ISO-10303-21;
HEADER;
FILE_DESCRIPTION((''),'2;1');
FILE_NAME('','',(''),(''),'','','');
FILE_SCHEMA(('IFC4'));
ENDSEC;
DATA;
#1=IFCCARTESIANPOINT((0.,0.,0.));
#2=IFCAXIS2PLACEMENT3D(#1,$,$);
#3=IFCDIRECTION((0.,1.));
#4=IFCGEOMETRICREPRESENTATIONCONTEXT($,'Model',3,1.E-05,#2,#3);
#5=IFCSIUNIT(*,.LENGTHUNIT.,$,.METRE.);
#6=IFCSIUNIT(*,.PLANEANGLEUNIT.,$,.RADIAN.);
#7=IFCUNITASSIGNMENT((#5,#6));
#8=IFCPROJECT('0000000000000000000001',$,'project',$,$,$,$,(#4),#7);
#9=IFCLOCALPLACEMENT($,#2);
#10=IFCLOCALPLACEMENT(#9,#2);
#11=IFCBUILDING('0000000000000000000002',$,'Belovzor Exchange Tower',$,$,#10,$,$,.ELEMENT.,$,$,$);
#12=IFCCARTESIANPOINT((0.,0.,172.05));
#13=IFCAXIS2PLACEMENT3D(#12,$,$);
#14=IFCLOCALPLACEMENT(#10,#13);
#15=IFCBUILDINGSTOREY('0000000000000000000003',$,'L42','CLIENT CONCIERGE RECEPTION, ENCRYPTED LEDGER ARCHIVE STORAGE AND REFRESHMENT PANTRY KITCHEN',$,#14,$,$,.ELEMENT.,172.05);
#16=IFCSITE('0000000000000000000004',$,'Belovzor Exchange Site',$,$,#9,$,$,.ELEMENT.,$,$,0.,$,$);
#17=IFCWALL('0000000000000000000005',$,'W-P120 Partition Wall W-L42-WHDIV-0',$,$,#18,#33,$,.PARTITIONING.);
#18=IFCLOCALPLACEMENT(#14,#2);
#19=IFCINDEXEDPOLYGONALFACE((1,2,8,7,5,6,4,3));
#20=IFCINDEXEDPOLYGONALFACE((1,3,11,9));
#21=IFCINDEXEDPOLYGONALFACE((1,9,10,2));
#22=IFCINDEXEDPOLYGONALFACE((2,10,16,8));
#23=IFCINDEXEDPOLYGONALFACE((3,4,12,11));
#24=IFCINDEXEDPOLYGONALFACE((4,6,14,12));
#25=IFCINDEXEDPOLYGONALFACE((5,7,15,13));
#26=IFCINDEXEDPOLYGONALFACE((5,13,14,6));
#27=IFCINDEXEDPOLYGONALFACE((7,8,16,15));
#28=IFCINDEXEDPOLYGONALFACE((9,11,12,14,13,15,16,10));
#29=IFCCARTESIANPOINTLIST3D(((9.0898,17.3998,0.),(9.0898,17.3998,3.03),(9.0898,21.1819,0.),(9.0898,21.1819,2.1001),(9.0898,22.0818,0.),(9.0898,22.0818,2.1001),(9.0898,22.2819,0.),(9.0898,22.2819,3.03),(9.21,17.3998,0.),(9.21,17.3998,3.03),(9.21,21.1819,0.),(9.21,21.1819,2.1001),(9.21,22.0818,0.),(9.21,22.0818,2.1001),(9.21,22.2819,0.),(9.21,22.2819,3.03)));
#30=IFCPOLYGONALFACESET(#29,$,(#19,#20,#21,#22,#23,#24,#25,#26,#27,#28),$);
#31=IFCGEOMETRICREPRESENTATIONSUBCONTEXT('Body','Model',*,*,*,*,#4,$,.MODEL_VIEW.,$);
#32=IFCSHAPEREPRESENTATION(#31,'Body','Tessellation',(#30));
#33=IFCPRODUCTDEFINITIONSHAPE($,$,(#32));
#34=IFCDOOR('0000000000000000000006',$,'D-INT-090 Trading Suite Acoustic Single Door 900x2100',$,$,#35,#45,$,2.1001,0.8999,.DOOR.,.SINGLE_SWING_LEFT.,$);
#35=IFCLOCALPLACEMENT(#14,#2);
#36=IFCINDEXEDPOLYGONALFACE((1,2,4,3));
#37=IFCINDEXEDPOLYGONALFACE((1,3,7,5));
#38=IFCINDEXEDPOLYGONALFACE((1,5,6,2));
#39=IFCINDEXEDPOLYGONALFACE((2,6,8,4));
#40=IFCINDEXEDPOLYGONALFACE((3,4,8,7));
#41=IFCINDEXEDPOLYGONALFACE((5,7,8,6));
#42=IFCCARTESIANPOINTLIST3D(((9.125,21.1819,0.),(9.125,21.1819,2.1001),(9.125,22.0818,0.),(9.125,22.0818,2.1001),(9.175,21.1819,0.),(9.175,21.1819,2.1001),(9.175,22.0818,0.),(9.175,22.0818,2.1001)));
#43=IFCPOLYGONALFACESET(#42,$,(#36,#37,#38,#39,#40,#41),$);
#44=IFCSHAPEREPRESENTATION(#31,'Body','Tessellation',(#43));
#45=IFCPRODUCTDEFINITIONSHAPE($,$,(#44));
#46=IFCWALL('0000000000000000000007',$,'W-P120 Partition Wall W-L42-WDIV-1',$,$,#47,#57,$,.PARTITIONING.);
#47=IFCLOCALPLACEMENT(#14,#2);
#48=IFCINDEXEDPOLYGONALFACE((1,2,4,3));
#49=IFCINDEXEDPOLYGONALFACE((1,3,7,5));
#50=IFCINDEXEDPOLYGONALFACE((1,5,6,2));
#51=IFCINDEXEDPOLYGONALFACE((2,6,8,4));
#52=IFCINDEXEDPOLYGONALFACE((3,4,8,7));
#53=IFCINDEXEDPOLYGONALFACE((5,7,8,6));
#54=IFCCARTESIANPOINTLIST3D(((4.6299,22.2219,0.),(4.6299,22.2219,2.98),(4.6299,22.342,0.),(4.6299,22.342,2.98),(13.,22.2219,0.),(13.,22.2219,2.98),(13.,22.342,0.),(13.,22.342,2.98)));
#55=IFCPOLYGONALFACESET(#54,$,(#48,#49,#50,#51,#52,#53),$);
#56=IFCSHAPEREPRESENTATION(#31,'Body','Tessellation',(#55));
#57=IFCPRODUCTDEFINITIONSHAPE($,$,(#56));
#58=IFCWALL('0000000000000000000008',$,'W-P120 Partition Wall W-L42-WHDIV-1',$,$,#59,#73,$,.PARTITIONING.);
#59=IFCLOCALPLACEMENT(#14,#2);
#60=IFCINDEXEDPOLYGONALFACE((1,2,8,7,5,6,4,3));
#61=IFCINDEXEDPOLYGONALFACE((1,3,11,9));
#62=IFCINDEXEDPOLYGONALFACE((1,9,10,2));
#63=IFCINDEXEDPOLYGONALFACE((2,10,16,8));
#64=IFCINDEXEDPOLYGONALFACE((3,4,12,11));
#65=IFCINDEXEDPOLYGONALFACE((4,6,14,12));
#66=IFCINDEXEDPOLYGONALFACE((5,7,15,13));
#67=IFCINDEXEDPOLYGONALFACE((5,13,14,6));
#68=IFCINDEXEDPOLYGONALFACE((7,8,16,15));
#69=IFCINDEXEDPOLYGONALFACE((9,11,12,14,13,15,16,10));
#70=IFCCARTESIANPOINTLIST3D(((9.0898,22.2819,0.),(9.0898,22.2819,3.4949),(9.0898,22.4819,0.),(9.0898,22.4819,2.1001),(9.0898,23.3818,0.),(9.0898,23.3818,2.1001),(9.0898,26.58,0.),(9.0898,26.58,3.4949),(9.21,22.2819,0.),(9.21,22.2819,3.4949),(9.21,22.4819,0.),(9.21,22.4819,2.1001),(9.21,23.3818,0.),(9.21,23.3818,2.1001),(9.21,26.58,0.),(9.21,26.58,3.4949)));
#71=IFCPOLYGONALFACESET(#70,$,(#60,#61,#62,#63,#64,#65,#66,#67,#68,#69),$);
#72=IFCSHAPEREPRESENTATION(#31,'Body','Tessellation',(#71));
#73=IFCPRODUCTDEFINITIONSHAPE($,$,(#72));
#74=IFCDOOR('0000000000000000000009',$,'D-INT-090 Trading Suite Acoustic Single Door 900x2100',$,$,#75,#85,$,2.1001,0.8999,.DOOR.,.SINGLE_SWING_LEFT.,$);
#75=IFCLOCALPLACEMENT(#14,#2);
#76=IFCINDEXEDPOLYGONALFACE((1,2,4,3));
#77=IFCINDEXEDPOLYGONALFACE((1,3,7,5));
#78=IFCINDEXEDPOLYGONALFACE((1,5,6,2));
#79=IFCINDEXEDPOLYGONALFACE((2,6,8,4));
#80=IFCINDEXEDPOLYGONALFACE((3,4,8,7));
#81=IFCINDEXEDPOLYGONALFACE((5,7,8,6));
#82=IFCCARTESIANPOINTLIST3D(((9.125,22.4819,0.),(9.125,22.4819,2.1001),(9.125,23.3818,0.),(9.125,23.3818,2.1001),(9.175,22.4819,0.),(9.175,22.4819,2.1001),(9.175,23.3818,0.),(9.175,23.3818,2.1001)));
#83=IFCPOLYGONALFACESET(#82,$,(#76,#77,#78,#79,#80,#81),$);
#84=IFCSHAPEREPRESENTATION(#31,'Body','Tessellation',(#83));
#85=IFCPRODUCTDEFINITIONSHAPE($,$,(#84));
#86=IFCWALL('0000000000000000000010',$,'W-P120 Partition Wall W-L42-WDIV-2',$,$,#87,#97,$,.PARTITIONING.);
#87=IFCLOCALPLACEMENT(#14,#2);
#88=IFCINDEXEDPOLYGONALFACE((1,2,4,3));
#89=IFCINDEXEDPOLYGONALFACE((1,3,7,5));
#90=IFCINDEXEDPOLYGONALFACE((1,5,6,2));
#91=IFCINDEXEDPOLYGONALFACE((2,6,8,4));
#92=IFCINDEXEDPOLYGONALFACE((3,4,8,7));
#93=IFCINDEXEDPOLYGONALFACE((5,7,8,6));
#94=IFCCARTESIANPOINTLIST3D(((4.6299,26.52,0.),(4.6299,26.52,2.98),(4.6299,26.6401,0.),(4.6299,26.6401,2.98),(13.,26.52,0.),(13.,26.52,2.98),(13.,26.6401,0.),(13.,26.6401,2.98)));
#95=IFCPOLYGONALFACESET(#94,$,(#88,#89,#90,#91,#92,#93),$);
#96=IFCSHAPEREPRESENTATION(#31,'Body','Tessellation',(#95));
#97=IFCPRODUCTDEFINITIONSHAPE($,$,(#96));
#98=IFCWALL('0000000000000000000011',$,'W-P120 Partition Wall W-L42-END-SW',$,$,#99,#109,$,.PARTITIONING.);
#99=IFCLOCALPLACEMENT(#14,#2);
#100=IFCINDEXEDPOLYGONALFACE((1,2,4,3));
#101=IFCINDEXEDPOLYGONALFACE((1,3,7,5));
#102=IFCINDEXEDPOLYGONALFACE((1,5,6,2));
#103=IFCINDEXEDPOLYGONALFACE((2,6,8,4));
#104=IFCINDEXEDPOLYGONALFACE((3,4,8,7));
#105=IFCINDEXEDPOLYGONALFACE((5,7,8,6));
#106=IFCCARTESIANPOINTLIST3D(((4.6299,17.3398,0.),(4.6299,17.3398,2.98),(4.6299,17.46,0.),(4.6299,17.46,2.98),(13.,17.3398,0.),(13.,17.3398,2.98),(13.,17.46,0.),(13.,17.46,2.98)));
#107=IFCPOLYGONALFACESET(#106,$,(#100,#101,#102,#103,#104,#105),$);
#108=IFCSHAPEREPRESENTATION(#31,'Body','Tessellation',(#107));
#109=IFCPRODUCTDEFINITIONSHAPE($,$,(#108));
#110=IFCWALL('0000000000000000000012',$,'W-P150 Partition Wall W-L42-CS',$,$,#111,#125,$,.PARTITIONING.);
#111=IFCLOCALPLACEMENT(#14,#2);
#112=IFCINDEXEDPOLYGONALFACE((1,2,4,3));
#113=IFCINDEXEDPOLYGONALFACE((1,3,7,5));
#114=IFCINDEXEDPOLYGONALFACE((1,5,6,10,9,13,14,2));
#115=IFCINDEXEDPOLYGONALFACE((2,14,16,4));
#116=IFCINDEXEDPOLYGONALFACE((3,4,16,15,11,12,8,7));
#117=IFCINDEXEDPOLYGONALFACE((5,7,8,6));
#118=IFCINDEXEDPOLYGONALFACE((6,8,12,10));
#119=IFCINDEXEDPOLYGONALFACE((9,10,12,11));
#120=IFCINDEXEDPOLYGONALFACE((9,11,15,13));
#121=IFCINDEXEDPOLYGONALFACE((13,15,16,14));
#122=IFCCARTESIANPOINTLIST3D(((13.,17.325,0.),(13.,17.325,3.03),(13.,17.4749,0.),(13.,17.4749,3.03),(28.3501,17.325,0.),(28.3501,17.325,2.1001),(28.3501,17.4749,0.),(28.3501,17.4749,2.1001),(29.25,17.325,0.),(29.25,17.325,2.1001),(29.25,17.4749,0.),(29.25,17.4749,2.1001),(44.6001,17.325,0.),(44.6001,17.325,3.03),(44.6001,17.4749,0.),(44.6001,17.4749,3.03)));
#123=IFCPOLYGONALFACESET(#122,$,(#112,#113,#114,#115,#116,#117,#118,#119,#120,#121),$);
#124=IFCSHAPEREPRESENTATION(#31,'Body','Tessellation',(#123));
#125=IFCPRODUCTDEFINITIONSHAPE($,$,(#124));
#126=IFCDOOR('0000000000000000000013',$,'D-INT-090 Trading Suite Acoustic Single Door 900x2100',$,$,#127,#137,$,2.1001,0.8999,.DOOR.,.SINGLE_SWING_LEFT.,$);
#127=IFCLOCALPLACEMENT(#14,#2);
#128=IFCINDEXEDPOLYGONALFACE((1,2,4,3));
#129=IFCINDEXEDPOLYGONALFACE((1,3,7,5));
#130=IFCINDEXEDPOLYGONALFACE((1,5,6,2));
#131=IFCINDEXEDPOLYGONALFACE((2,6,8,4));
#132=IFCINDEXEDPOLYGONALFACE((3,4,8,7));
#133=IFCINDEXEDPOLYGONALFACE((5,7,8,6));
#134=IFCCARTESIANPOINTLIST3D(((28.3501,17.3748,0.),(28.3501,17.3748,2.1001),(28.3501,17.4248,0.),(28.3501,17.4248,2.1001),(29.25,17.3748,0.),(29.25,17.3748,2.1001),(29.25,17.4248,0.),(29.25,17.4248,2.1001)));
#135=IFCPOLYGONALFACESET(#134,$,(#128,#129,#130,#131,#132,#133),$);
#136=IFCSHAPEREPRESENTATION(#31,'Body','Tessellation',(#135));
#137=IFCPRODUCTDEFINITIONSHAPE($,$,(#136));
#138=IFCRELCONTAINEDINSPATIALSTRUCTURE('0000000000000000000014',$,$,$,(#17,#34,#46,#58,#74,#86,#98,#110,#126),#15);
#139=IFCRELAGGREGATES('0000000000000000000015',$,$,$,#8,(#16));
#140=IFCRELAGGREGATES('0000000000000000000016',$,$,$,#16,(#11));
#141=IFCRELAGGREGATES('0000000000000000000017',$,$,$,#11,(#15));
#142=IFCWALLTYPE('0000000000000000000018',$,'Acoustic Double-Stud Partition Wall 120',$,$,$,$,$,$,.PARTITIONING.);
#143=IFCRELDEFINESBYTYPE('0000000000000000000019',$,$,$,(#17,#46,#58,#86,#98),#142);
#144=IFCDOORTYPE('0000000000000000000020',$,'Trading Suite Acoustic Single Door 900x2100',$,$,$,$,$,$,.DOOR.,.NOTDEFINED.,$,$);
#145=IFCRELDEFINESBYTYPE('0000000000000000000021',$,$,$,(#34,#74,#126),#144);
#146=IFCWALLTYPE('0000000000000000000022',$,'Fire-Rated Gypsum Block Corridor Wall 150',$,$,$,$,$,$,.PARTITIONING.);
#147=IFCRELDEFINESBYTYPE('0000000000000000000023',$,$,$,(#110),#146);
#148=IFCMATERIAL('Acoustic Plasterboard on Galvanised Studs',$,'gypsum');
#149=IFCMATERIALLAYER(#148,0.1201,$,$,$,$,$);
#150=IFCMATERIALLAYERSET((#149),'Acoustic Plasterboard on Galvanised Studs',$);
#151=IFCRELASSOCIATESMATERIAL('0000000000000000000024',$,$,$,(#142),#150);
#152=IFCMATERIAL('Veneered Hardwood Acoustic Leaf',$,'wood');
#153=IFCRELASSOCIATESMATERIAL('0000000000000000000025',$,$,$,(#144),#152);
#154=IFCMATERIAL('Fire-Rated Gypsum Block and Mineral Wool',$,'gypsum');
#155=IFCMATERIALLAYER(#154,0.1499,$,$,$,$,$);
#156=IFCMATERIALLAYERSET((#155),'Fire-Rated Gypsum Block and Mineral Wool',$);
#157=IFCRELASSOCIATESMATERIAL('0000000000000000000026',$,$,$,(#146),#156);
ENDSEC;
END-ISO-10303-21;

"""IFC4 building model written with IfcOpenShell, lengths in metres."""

from ifc_helpers import new_model, si_unit, direction, frame, frame_2d, origin, place, context, subcontext, project, spatial, rectangle, extrude, material, layer, layer_set, type_object, element, fill, save


model = new_model("IFC4")

# Units and contexts
model_context = context("Model", 3, precision=1e-05, world=origin(), true_north=direction((0.0, 1.0)))
body_context = subcontext(model_context, "Body", "Model", "MODEL_VIEW")
ifc_project = project(units=[si_unit("LENGTHUNIT", "METRE"), si_unit("PLANEANGLEUNIT", "RADIAN")], contexts=[model_context])

# Site, building, storey
site_placement = place(None, origin())
site = spatial("IfcSite", under=ifc_project, at=site_placement, Name="Belovzor Exchange Site", CompositionType="ELEMENT", RefElevation=0.0)
building_placement = place(site_placement, origin())
building = spatial("IfcBuilding", under=site, at=building_placement, Name="Belovzor Exchange Tower", CompositionType="ELEMENT")
storey_placement = place(building_placement, frame((0.0, 0.0, 172.05)))
storey = spatial("IfcBuildingStorey", under=building, at=storey_placement, Name="L42", Description="CLIENT CONCIERGE RECEPTION, ENCRYPTED LEDGER ARCHIVE STORAGE AND REFRESHMENT PANTRY KITCHEN", CompositionType="ELEMENT", Elevation=172.05)

# Wall, opening, door
ifc_material_1 = material(Name="Acoustic Plasterboard on Galvanised Studs", Category="gypsum")
ifc_layer_1 = layer(ifc_material_1, 0.1201)
ifc_layer_set_1 = layer_set([ifc_layer_1], Name="Acoustic Plasterboard on Galvanised Studs")
wall_type_1 = type_object("IfcWallType", Name="Acoustic Double-Stud Partition Wall 120", PredefinedType="PARTITIONING", material=ifc_layer_set_1)
wall_1_placement = place(storey_placement, frame((9.1499, 17.3999, 0.0), z_axis=(0.0, 0.0, 1.0), x_axis=(0.0, 1.0, 0.0)))
wall_1 = element("IfcWall", 1, at=wall_1_placement, inside=storey, type_object=wall_type_1, Name="W-P120 Partition Wall W-L42-WHDIV-0", PredefinedType="PARTITIONING", context=body_context, shape_type="SweptSolid", body=[
    extrude(rectangle(XDim=4.8821, YDim=0.1201, at=frame_2d((2.4409, 0.0))), origin(), (0.0, 0.0, 1.0), 3.03),
])
opening_1_placement = place(wall_1_placement, frame((3.782, 0.0, 0.0)))
opening_1 = element("IfcOpeningElement", 2, at=opening_1_placement, cuts=wall_1, PredefinedType="OPENING", context=body_context, shape_type="SweptSolid", body=[
    extrude(rectangle(XDim=0.8999, YDim=2.1001, at=frame_2d((0.45, 1.05))), frame((0.0, 0.0701, 0.0), z_axis=(0.0, -1.0, 0.0), x_axis=(1.0, 0.0, 0.0)), (0.0, 0.0, 1.0), 0.1401),
])
ifc_material_2 = material(Name="Veneered Hardwood Acoustic Leaf", Category="wood")
door_type = type_object("IfcDoorType", Name="Trading Suite Acoustic Single Door 900x2100", OperationType="NOTDEFINED", PredefinedType="DOOR", material=ifc_material_2)
door_1_placement = place(opening_1_placement, origin())
door_1 = element("IfcDoor", 3, at=door_1_placement, inside=storey, type_object=door_type, Name="D-INT-090 Trading Suite Acoustic Single Door 900x2100", OperationType="SINGLE_SWING_LEFT", OverallHeight=2.1001, OverallWidth=0.8999, PredefinedType="DOOR", context=body_context, shape_type="SweptSolid", body=[
    extrude(rectangle(XDim=0.8999, YDim=2.1001, at=frame_2d((0.45, 1.05))), frame((0.0, 0.0249, 0.0), z_axis=(0.0, -1.0, 0.0), x_axis=(1.0, 0.0, 0.0)), (0.0, 0.0, 1.0), 0.05),
])
fill(opening_1, door_1)

# Wall
wall_2_placement = place(storey_placement, frame((4.6299, 22.282, 0.0), z_axis=(0.0, 0.0, 1.0), x_axis=(1.0, 0.0, 0.0)))
element("IfcWall", 4, at=wall_2_placement, inside=storey, type_object=wall_type_1, Name="W-P120 Partition Wall W-L42-WDIV-1", PredefinedType="PARTITIONING", context=body_context, shape_type="SweptSolid", body=[
    extrude(rectangle(XDim=8.3701, YDim=0.1201, at=frame_2d((4.1851, 0.0))), origin(), (0.0, 0.0, 1.0), 2.98),
])

# Wall, opening, door
wall_3_placement = place(storey_placement, frame((9.1499, 22.282, 0.0), z_axis=(0.0, 0.0, 1.0), x_axis=(0.0, 1.0, 0.0)))
wall_3 = element("IfcWall", 5, at=wall_3_placement, inside=storey, type_object=wall_type_1, Name="W-P120 Partition Wall W-L42-WHDIV-1", PredefinedType="PARTITIONING", context=body_context, shape_type="SweptSolid", body=[
    extrude(rectangle(XDim=4.2981, YDim=0.1201, at=frame_2d((2.1489, 0.0))), origin(), (0.0, 0.0, 1.0), 3.4949),
])
opening_2_placement = place(wall_3_placement, frame((0.2, 0.0, 0.0)))
opening_2 = element("IfcOpeningElement", 6, at=opening_2_placement, cuts=wall_3, PredefinedType="OPENING", context=body_context, shape_type="SweptSolid", body=[
    extrude(rectangle(XDim=0.8999, YDim=2.1001, at=frame_2d((0.45, 1.05))), frame((0.0, 0.0701, 0.0), z_axis=(0.0, -1.0, 0.0), x_axis=(1.0, 0.0, 0.0)), (0.0, 0.0, 1.0), 0.1401),
])
door_2_placement = place(opening_2_placement, origin())
door_2 = element("IfcDoor", 7, at=door_2_placement, inside=storey, type_object=door_type, Name="D-INT-090 Trading Suite Acoustic Single Door 900x2100", OperationType="SINGLE_SWING_LEFT", OverallHeight=2.1001, OverallWidth=0.8999, PredefinedType="DOOR", context=body_context, shape_type="SweptSolid", body=[
    extrude(rectangle(XDim=0.8999, YDim=2.1001, at=frame_2d((0.45, 1.05))), frame((0.0, 0.0249, 0.0), z_axis=(0.0, -1.0, 0.0), x_axis=(1.0, 0.0, 0.0)), (0.0, 0.0, 1.0), 0.05),
])
fill(opening_2, door_2)

# Walls
for number, where, z_axis, x_axis, name in (
    (8, (4.6299, 26.5801, 0.0), (0.0, 0.0, 1.0), (1.0, 0.0, 0.0), "W-P120 Partition Wall W-L42-WDIV-2"),
    (9, (4.6299, 17.3999, 0.0), (0.0, 0.0, 1.0), (1.0, 0.0, 0.0), "W-P120 Partition Wall W-L42-END-SW"),
):
    element("IfcWall", number, at=place(storey_placement, frame(where, z_axis=z_axis, x_axis=x_axis)), inside=storey, type_object=wall_type_1, Name=name, PredefinedType="PARTITIONING", context=body_context, shape_type="SweptSolid", body=[
        extrude(rectangle(XDim=8.3701, YDim=0.1201, at=frame_2d((4.1851, 0.0))), origin(), (0.0, 0.0, 1.0), 2.98),
    ])

# Wall, opening, door
ifc_material_3 = material(Name="Fire-Rated Gypsum Block and Mineral Wool", Category="gypsum")
ifc_layer_2 = layer(ifc_material_3, 0.1499)
ifc_layer_set_2 = layer_set([ifc_layer_2], Name="Fire-Rated Gypsum Block and Mineral Wool")
wall_type_2 = type_object("IfcWallType", Name="Fire-Rated Gypsum Block Corridor Wall 150", PredefinedType="PARTITIONING", material=ifc_layer_set_2)
wall_4_placement = place(storey_placement, frame((13.0, 17.3999, 0.0), z_axis=(0.0, 0.0, 1.0), x_axis=(1.0, 0.0, 0.0)))
wall_4 = element("IfcWall", 10, at=wall_4_placement, inside=storey, type_object=wall_type_2, Name="W-P150 Partition Wall W-L42-CS", PredefinedType="PARTITIONING", context=body_context, shape_type="SweptSolid", body=[
    extrude(rectangle(XDim=31.6001, YDim=0.1499, at=frame_2d((15.8, 0.0))), origin(), (0.0, 0.0, 1.0), 3.03),
])
opening_3_placement = place(wall_4_placement, frame((15.3501, 0.0, 0.0)))
opening_3 = element("IfcOpeningElement", 11, at=opening_3_placement, cuts=wall_4, PredefinedType="OPENING", context=body_context, shape_type="SweptSolid", body=[
    extrude(rectangle(XDim=0.8999, YDim=2.1001, at=frame_2d((0.45, 1.05))), frame((0.0, 0.085, 0.0), z_axis=(0.0, -1.0, 0.0), x_axis=(1.0, 0.0, 0.0)), (0.0, 0.0, 1.0), 0.1699),
])
door_3_placement = place(opening_3_placement, origin())
door_3 = element("IfcDoor", 12, at=door_3_placement, inside=storey, type_object=door_type, Name="D-INT-090 Trading Suite Acoustic Single Door 900x2100", OperationType="SINGLE_SWING_LEFT", OverallHeight=2.1001, OverallWidth=0.8999, PredefinedType="DOOR", context=body_context, shape_type="SweptSolid", body=[
    extrude(rectangle(XDim=0.8999, YDim=2.1001, at=frame_2d((0.45, 1.05))), frame((0.0, 0.0249, 0.0), z_axis=(0.0, -1.0, 0.0), x_axis=(1.0, 0.0, 0.0)), (0.0, 0.0, 1.0), 0.05),
])
fill(opening_3, door_3)

save(model, "model.ifc")
